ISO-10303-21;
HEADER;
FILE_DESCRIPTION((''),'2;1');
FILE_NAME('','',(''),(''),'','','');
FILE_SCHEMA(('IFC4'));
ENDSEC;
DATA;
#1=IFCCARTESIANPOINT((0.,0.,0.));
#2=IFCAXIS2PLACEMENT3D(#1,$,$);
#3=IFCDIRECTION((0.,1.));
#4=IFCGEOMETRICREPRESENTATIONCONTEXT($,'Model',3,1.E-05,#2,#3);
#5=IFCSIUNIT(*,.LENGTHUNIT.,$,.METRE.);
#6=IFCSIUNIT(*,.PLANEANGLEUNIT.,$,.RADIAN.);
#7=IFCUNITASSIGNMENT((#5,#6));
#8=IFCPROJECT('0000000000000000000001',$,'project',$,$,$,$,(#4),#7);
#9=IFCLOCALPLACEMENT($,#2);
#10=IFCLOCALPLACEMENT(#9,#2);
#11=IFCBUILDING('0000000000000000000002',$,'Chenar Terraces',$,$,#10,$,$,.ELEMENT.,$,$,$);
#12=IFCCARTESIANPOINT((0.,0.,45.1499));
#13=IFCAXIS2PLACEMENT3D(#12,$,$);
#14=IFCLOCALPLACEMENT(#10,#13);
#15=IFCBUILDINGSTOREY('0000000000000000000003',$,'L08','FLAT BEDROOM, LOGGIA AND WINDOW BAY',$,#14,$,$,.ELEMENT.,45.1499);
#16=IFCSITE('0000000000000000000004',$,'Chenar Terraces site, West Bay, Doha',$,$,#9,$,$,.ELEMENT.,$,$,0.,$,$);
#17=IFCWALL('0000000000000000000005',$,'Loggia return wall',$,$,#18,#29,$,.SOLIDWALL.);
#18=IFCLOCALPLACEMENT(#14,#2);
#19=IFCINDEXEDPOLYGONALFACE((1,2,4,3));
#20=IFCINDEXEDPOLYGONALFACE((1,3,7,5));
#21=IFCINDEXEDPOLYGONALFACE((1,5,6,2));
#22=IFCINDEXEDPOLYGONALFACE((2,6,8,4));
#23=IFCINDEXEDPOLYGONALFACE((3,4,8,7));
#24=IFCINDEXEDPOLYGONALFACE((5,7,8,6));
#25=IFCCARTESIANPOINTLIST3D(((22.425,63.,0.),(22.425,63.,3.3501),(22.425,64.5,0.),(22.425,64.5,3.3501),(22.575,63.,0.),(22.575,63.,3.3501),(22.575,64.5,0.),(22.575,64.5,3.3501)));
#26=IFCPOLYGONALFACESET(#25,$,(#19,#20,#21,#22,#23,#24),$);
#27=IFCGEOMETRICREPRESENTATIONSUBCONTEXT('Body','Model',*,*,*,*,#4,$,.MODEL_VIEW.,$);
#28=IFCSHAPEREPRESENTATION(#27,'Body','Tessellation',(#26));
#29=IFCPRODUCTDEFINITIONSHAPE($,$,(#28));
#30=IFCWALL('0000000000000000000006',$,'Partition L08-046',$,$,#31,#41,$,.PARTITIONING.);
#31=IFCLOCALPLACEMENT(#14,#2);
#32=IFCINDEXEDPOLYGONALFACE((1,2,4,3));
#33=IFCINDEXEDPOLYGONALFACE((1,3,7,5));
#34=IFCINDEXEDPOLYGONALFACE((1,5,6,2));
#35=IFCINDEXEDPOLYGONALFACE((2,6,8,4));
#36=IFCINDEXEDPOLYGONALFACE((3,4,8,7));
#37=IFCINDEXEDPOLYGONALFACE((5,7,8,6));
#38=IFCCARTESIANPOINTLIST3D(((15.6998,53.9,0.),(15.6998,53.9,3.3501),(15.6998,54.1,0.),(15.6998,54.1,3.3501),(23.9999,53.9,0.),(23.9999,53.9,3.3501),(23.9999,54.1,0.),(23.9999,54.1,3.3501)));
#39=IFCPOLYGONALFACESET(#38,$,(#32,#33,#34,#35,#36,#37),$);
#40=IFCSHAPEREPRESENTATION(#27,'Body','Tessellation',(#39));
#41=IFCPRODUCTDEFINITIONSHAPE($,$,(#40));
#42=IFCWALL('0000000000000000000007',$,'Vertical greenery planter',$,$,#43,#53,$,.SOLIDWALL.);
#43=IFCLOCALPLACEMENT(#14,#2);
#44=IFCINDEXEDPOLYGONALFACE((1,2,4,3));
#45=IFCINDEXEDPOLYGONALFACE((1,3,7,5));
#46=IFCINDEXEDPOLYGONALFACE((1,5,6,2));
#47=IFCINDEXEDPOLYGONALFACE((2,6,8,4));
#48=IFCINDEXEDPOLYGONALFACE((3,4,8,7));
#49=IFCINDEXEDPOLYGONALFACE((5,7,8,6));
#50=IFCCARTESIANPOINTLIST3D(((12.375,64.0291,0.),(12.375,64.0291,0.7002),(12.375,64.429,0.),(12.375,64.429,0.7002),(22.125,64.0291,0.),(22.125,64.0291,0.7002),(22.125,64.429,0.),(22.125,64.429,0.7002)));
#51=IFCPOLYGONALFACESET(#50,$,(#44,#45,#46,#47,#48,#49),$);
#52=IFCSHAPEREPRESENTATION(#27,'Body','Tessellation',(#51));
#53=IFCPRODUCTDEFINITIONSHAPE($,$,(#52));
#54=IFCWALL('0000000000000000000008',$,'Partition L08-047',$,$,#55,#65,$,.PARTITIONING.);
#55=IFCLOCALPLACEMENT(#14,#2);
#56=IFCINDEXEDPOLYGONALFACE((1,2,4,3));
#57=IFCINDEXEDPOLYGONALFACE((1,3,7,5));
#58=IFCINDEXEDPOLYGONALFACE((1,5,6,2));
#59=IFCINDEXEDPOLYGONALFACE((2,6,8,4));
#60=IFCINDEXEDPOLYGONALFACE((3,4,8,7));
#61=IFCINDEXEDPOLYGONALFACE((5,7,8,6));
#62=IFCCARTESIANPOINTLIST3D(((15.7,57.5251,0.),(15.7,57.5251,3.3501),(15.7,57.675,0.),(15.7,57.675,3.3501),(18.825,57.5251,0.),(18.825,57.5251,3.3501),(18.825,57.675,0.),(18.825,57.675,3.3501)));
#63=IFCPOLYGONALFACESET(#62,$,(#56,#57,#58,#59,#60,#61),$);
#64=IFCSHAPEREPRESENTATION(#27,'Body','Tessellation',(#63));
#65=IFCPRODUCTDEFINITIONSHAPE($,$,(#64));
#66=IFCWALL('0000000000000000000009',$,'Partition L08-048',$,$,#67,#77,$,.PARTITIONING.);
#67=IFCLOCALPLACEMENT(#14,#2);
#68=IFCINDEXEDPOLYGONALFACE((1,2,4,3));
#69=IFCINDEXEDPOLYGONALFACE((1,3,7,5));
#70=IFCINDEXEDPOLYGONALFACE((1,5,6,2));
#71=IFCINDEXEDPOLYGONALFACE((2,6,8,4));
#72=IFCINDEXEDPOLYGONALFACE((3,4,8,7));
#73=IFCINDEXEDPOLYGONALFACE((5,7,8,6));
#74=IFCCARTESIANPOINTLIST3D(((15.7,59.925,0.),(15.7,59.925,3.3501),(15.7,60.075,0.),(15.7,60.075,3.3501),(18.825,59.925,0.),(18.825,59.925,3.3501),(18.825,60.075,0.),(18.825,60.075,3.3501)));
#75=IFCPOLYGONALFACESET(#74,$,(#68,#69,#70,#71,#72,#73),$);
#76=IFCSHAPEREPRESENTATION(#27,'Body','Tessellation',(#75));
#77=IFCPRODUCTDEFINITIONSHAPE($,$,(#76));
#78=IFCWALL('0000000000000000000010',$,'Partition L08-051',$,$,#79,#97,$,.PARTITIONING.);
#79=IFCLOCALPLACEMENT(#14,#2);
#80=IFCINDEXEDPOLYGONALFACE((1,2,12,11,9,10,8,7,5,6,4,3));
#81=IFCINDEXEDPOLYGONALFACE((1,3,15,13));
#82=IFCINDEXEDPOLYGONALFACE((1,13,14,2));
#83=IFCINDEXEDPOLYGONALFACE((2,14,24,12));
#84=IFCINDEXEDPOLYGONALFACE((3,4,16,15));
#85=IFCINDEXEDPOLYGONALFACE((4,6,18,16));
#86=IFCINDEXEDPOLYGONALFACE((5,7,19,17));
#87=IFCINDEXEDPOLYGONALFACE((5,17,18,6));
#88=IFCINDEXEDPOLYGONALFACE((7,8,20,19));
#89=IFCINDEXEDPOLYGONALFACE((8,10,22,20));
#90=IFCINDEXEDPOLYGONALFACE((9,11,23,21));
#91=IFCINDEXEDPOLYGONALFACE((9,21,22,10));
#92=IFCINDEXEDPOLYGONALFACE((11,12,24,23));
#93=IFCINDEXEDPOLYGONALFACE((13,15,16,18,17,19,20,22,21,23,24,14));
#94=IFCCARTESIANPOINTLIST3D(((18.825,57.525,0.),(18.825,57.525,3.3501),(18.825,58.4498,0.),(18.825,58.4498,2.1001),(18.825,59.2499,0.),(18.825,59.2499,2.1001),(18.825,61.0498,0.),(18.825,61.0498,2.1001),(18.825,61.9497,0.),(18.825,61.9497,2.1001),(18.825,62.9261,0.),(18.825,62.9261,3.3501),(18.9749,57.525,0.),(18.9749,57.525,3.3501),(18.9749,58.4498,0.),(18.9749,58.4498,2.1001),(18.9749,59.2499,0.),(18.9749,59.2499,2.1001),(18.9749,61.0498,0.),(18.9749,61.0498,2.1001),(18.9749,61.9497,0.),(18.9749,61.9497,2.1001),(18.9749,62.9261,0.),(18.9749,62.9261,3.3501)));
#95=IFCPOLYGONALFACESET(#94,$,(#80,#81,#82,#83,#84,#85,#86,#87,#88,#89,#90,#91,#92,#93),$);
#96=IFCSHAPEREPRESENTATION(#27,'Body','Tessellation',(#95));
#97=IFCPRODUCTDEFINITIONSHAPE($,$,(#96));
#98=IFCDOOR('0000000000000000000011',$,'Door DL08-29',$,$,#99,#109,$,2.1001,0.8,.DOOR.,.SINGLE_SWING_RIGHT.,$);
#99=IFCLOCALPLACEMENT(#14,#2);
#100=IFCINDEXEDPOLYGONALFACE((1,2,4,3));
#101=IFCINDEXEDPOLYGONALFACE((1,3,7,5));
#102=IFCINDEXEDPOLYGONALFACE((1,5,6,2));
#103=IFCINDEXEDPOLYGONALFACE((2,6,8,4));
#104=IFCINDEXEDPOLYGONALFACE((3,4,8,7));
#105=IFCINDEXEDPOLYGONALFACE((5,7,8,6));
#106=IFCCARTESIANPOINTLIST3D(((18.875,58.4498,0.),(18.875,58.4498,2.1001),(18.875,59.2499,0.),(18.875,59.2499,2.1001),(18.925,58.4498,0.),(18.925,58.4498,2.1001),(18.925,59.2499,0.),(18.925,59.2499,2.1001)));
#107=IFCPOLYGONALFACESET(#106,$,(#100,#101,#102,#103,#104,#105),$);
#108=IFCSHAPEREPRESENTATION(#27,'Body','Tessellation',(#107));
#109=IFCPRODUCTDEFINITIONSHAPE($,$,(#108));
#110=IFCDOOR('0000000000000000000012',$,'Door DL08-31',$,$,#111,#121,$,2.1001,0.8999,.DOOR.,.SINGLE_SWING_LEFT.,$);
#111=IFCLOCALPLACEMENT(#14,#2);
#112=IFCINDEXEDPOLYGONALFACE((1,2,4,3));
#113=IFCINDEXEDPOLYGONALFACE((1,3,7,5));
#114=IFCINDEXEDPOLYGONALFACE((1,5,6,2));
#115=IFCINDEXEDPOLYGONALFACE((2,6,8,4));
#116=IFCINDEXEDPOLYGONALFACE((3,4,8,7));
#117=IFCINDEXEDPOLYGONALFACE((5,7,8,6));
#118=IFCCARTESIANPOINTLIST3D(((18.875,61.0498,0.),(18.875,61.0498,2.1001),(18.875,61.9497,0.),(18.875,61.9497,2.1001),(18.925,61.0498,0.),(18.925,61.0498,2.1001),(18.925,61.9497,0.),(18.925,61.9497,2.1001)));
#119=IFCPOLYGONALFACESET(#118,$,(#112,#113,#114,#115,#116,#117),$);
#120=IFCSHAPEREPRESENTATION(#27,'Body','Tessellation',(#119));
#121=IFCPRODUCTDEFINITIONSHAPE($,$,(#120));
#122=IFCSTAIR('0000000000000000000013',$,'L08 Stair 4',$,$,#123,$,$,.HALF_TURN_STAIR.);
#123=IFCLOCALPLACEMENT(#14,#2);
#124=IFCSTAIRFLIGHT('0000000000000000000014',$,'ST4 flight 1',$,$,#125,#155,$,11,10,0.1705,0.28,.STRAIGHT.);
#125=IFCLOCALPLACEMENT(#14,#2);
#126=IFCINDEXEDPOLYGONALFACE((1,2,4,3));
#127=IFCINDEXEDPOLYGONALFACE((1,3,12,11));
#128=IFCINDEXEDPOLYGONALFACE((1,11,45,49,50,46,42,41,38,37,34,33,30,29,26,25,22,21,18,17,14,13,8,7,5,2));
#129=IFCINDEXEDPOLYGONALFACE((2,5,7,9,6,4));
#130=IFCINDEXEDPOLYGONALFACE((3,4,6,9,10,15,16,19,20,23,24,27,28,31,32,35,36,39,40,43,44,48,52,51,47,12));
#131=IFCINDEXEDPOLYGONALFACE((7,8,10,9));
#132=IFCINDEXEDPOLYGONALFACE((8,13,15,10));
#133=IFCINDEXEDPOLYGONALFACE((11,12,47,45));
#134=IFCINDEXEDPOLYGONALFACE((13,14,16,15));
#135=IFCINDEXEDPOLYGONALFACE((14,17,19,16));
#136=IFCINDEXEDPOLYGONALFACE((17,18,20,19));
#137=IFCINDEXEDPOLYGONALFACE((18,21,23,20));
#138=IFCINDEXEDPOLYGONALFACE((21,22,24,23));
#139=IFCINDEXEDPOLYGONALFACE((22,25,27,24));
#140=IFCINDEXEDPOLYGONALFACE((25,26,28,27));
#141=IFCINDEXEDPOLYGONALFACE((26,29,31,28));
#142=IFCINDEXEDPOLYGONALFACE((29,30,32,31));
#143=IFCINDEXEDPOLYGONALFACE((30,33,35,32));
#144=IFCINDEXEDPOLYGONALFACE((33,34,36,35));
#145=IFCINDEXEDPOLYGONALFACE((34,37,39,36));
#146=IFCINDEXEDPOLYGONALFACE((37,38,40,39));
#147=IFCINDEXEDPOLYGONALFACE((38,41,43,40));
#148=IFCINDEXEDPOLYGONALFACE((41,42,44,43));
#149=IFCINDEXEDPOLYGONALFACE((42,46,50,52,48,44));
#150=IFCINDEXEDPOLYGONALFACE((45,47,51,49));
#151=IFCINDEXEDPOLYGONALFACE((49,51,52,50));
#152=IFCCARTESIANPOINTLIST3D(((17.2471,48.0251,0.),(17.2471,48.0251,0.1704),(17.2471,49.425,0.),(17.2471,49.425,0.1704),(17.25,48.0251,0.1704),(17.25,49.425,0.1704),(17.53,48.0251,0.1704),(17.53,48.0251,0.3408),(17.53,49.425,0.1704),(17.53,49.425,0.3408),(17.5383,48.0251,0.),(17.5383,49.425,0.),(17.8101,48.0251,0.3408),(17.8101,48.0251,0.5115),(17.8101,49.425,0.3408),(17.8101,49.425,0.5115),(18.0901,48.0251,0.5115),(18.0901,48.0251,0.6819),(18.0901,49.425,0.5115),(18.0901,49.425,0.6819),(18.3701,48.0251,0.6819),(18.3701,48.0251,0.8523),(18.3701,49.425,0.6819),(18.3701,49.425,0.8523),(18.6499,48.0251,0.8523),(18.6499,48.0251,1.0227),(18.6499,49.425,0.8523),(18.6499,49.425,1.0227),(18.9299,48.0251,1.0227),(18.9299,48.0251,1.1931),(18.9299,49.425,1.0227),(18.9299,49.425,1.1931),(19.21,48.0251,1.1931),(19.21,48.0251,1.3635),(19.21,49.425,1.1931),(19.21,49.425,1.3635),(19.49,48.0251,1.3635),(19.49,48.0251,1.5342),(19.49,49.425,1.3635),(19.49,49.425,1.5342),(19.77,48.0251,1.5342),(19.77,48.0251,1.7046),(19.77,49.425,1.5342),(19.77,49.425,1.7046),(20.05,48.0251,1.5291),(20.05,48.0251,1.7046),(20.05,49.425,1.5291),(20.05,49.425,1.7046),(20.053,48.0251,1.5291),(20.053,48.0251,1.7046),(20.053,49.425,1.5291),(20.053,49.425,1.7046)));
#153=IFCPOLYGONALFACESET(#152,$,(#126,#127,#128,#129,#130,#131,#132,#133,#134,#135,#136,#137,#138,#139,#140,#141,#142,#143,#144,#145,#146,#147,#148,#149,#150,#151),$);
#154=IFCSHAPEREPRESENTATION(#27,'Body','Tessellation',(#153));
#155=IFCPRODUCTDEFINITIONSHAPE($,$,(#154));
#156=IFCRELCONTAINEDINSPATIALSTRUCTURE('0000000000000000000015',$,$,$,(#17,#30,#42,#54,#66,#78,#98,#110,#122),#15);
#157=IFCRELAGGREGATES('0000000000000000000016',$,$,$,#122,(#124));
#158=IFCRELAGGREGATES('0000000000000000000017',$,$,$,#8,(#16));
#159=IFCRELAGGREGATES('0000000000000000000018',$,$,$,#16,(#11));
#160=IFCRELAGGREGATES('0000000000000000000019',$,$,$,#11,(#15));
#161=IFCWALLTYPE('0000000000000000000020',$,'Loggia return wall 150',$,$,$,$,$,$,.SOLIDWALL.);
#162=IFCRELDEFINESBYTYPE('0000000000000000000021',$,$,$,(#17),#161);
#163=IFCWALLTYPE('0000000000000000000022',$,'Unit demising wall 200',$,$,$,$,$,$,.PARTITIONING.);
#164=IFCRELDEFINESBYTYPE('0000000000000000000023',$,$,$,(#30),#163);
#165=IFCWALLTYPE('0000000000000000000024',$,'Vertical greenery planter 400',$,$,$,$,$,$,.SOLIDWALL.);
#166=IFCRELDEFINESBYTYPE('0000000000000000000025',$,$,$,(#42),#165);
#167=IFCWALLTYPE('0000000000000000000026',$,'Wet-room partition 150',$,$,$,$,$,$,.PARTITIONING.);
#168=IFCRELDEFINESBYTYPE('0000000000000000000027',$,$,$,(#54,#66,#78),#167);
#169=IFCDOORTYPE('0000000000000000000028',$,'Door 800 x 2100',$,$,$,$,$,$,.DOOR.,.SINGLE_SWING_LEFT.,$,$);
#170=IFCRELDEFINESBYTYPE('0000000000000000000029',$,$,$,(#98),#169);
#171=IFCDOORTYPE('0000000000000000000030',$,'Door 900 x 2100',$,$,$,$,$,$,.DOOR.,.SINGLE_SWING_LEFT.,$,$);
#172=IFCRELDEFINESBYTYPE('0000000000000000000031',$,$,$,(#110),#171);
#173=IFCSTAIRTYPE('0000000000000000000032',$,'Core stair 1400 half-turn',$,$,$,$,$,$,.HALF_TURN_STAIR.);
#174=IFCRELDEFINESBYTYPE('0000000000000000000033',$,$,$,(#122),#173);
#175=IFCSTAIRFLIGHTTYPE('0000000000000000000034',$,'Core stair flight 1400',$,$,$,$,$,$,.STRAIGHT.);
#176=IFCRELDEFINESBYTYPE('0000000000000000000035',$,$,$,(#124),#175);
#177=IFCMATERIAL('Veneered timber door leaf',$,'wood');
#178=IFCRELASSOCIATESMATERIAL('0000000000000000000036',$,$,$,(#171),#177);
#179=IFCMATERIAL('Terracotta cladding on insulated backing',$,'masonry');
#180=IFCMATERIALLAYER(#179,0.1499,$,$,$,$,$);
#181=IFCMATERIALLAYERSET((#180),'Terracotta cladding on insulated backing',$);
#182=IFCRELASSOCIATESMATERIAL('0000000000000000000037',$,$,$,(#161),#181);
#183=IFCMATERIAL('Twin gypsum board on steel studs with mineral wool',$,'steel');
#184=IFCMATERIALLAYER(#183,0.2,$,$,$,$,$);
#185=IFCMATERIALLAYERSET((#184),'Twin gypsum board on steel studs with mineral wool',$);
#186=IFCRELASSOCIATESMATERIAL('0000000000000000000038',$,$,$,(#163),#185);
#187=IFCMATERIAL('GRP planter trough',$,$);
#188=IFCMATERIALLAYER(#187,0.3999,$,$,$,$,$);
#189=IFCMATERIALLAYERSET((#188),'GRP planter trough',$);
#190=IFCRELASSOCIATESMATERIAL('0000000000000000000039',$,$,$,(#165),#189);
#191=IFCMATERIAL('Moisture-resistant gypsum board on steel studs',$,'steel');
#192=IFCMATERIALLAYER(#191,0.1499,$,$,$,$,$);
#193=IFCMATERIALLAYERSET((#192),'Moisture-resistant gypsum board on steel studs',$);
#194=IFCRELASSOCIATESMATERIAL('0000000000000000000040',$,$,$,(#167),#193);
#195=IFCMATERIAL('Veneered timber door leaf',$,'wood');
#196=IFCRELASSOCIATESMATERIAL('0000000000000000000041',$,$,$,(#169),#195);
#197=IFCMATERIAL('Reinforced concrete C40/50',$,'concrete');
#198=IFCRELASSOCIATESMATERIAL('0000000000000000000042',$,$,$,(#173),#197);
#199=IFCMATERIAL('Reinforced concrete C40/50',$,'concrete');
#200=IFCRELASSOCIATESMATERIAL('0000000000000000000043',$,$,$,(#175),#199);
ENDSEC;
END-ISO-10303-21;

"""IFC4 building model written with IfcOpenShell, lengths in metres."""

from ifc_helpers import new_model, si_unit, direction, frame, frame_2d, origin, place, context, subcontext, project, spatial, polyline, rectangle, outline, extrude, material, layer, layer_set, type_object, element, fill, aggregate, save


model = new_model("IFC4")

# Units and contexts
model_context = context("Model", 3, precision=1e-05, world=origin(), true_north=direction((0.0, 1.0)))
body_context = subcontext(model_context, "Body", "Model", "MODEL_VIEW")
ifc_project = project(units=[si_unit("LENGTHUNIT", "METRE"), si_unit("PLANEANGLEUNIT", "RADIAN")], contexts=[model_context])

# Site, building, storey
site_placement = place(None, origin())
site = spatial("IfcSite", under=ifc_project, at=site_placement, Name="Chenar Terraces site, West Bay, Doha", CompositionType="ELEMENT", RefElevation=0.0)
building_placement = place(site_placement, origin())
building = spatial("IfcBuilding", under=site, at=building_placement, Name="Chenar Terraces", CompositionType="ELEMENT")
storey_placement = place(building_placement, frame((0.0, 0.0, 45.1499)))
storey = spatial("IfcBuildingStorey", under=building, at=storey_placement, Name="L08", Description="FLAT BEDROOM, LOGGIA AND WINDOW BAY", CompositionType="ELEMENT", Elevation=45.1499)

# Shared definitions
ifc_material_1 = material(Name="Veneered timber door leaf", Category="wood")
door_type_1 = type_object("IfcDoorType", Name="Door 900 x 2100", OperationType="SINGLE_SWING_LEFT", PredefinedType="DOOR", material=ifc_material_1)

# Walls
ifc_material_2 = material(Name="Terracotta cladding on insulated backing", Category="masonry")
ifc_layer_1 = layer(ifc_material_2, 0.1499)
ifc_layer_set_1 = layer_set([ifc_layer_1], Name="Terracotta cladding on insulated backing")
wall_type_1 = type_object("IfcWallType", Name="Loggia return wall 150", PredefinedType="SOLIDWALL", material=ifc_layer_set_1)
wall_1_placement = place(storey_placement, frame((22.5, 64.5, 0.0), z_axis=(0.0, 0.0, 1.0), x_axis=(0.0, -1.0, 0.0)))
element("IfcWall", 1, at=wall_1_placement, inside=storey, type_object=wall_type_1, Name="Loggia return wall", PredefinedType="SOLIDWALL", context=body_context, shape_type="SweptSolid", body=[
    extrude(rectangle(XDim=1.5, YDim=0.1499, at=frame_2d((0.75, 0.0))), origin(), (0.0, 0.0, 1.0), 3.3501),
])
ifc_material_3 = material(Name="Twin gypsum board on steel studs with mineral wool", Category="steel")
ifc_layer_2 = layer(ifc_material_3, 0.2)
ifc_layer_set_2 = layer_set([ifc_layer_2], Name="Twin gypsum board on steel studs with mineral wool")
wall_type_2 = type_object("IfcWallType", Name="Unit demising wall 200", PredefinedType="PARTITIONING", material=ifc_layer_set_2)
wall_2_placement = place(storey_placement, frame((15.7, 54.0, 0.0), z_axis=(0.0, 0.0, 1.0), x_axis=(1.0, 0.0, 0.0)))
element("IfcWall", 2, at=wall_2_placement, inside=storey, type_object=wall_type_2, Name="Partition L08-046", PredefinedType="PARTITIONING", context=body_context, shape_type="SweptSolid", body=[
    extrude(rectangle(XDim=8.3, YDim=0.2, at=frame_2d((4.1499, 0.0))), origin(), (0.0, 0.0, 1.0), 3.3501),
])
ifc_material_4 = material(Name="GRP planter trough")
ifc_layer_3 = layer(ifc_material_4, 0.3999)
ifc_layer_set_3 = layer_set([ifc_layer_3], Name="GRP planter trough")
wall_type_3 = type_object("IfcWallType", Name="Vertical greenery planter 400", PredefinedType="SOLIDWALL", material=ifc_layer_set_3)
wall_3_placement = place(storey_placement, frame((22.125, 64.229, 0.0), z_axis=(0.0, 0.0, 1.0), x_axis=(-1.0, 0.0, 0.0)))
element("IfcWall", 3, at=wall_3_placement, inside=storey, type_object=wall_type_3, Name="Vertical greenery planter", PredefinedType="SOLIDWALL", context=body_context, shape_type="SweptSolid", body=[
    extrude(rectangle(XDim=9.75, YDim=0.3999, at=frame_2d((4.875, 0.0))), origin(), (0.0, 0.0, 1.0), 0.7002),
])
ifc_material_5 = material(Name="Moisture-resistant gypsum board on steel studs", Category="steel")
ifc_layer_4 = layer(ifc_material_5, 0.1499)
ifc_layer_set_4 = layer_set([ifc_layer_4], Name="Moisture-resistant gypsum board on steel studs")
wall_type_4 = type_object("IfcWallType", Name="Wet-room partition 150", PredefinedType="PARTITIONING", material=ifc_layer_set_4)
for number, where, z_axis, x_axis, name in (
    (4, (15.7, 57.6001, 0.0), (0.0, 0.0, 1.0), (1.0, 0.0, 0.0), "Partition L08-047"),
    (5, (15.7, 60.0, 0.0), (0.0, 0.0, 1.0), (1.0, 0.0, 0.0), "Partition L08-048"),
):
    element("IfcWall", number, at=place(storey_placement, frame(where, z_axis=z_axis, x_axis=x_axis)), inside=storey, type_object=wall_type_4, Name=name, PredefinedType="PARTITIONING", context=body_context, shape_type="SweptSolid", body=[
        extrude(rectangle(XDim=3.125, YDim=0.1499, at=frame_2d((1.5625, 0.0))), origin(), (0.0, 0.0, 1.0), 3.3501),
    ])

# Wall, openings, doors
wall_4_placement = place(storey_placement, frame((18.8999, 57.5249, 0.0), z_axis=(0.0, 0.0, 1.0), x_axis=(0.0, 1.0, 0.0)))
wall_4 = element("IfcWall", 6, at=wall_4_placement, inside=storey, type_object=wall_type_4, Name="Partition L08-051", PredefinedType="PARTITIONING", context=body_context, shape_type="SweptSolid", body=[
    extrude(rectangle(XDim=5.4011, YDim=0.1499, at=frame_2d((2.7007, 0.0))), origin(), (0.0, 0.0, 1.0), 3.3501),
])
opening_1_placement = place(wall_4_placement, frame((0.925, 0.0, 0.0)))
opening_1 = element("IfcOpeningElement", 7, at=opening_1_placement, cuts=wall_4, PredefinedType="OPENING", context=body_context, shape_type="SweptSolid", body=[
    extrude(rectangle(XDim=0.8, YDim=2.1001, at=frame_2d((0.3999, 1.05))), frame((0.0, 0.085, 0.0), z_axis=(0.0, -1.0, 0.0), x_axis=(1.0, 0.0, 0.0)), (0.0, 0.0, 1.0), 0.1699),
])
opening_2_placement = place(wall_4_placement, frame((3.5249, 0.0, 0.0)))
opening_2 = element("IfcOpeningElement", 8, at=opening_2_placement, cuts=wall_4, PredefinedType="OPENING", context=body_context, shape_type="SweptSolid", body=[
    extrude(rectangle(XDim=0.8999, YDim=2.1001, at=frame_2d((0.45, 1.05))), frame((0.0, 0.085, 0.0), z_axis=(0.0, -1.0, 0.0), x_axis=(1.0, 0.0, 0.0)), (0.0, 0.0, 1.0), 0.1699),
])
ifc_material_6 = material(Name="Veneered timber door leaf", Category="wood")
door_type_2 = type_object("IfcDoorType", Name="Door 800 x 2100", OperationType="SINGLE_SWING_LEFT", PredefinedType="DOOR", material=ifc_material_6)
door_1_placement = place(opening_1_placement, origin())
door_1 = element("IfcDoor", 9, at=door_1_placement, inside=storey, type_object=door_type_2, Name="Door DL08-29", OperationType="SINGLE_SWING_RIGHT", OverallHeight=2.1001, OverallWidth=0.8, PredefinedType="DOOR", context=body_context, shape_type="SweptSolid", body=[
    extrude(rectangle(XDim=0.8, YDim=2.1001, at=frame_2d((0.3999, 1.05))), frame((0.0, 0.0249, 0.0), z_axis=(0.0, -1.0, 0.0), x_axis=(1.0, 0.0, 0.0)), (0.0, 0.0, 1.0), 0.05),
])
fill(opening_1, door_1)
door_2_placement = place(opening_2_placement, origin())
door_2 = element("IfcDoor", 10, at=door_2_placement, inside=storey, type_object=door_type_1, Name="Door DL08-31", OperationType="SINGLE_SWING_LEFT", OverallHeight=2.1001, OverallWidth=0.8999, PredefinedType="DOOR", context=body_context, shape_type="SweptSolid", body=[
    extrude(rectangle(XDim=0.8999, YDim=2.1001, at=frame_2d((0.45, 1.05))), frame((0.0, 0.0249, 0.0), z_axis=(0.0, -1.0, 0.0), x_axis=(1.0, 0.0, 0.0)), (0.0, 0.0, 1.0), 0.05),
])
fill(opening_2, door_2)

# Stair, stair flight
ifc_material_7 = material(Name="Reinforced concrete C40/50", Category="concrete")
stair_type = type_object("IfcStairType", Name="Core stair 1400 half-turn", PredefinedType="HALF_TURN_STAIR", material=ifc_material_7)
stair_placement = place(storey_placement, origin())
stair = element("IfcStair", 11, at=stair_placement, inside=storey, type_object=stair_type, Name="L08 Stair 4", PredefinedType="HALF_TURN_STAIR")
ifc_material_8 = material(Name="Reinforced concrete C40/50", Category="concrete")
stair_flight_type = type_object("IfcStairFlightType", Name="Core stair flight 1400", PredefinedType="STRAIGHT", material=ifc_material_8)
stair_flight_1_placement = place(storey_placement, frame((17.25, 48.7251, 0.0), z_axis=(0.0, 0.0, 1.0), x_axis=(1.0, 0.0, 0.0)))
stair_flight_1 = element("IfcStairFlight", 12, at=stair_flight_1_placement, type_object=stair_flight_type, Name="ST4 flight 1", NumberOfRisers=11, NumberOfTreads=10, PredefinedType="STRAIGHT", RiserHeight=0.1705, TreadLength=0.28, context=body_context, shape_type="SweptSolid", body=[
    extrude(outline(polyline([(-0.0029, 0.0), (-0.0029, 0.1704), (0.0, 0.1704), (0.28, 0.1704), (0.28, 0.3408), (0.5601, 0.3408), (0.5601, 0.5115), (0.8401, 0.5115), (0.8401, 0.6819), (1.1201, 0.6819), (1.1201, 0.8523), (1.3999, 0.8523), (1.3999, 1.0227), (1.6799, 1.0227), (1.6799, 1.1931), (1.96, 1.1931), (1.96, 1.3635), (2.24, 1.3635), (2.24, 1.5342), (2.52, 1.5342), (2.52, 1.7046), (2.8, 1.7046), (2.803, 1.7046), (2.803, 1.5291), (2.8, 1.5291), (0.2883, 0.0), (-0.0029, 0.0)])), frame((0.0, 0.7, 0.0), z_axis=(0.0, -1.0, 0.0), x_axis=(1.0, 0.0, 0.0)), (0.0, 0.0, 1.0), 1.3999),
])
aggregate(stair, [stair_flight_1])

save(model, "model.ifc")
